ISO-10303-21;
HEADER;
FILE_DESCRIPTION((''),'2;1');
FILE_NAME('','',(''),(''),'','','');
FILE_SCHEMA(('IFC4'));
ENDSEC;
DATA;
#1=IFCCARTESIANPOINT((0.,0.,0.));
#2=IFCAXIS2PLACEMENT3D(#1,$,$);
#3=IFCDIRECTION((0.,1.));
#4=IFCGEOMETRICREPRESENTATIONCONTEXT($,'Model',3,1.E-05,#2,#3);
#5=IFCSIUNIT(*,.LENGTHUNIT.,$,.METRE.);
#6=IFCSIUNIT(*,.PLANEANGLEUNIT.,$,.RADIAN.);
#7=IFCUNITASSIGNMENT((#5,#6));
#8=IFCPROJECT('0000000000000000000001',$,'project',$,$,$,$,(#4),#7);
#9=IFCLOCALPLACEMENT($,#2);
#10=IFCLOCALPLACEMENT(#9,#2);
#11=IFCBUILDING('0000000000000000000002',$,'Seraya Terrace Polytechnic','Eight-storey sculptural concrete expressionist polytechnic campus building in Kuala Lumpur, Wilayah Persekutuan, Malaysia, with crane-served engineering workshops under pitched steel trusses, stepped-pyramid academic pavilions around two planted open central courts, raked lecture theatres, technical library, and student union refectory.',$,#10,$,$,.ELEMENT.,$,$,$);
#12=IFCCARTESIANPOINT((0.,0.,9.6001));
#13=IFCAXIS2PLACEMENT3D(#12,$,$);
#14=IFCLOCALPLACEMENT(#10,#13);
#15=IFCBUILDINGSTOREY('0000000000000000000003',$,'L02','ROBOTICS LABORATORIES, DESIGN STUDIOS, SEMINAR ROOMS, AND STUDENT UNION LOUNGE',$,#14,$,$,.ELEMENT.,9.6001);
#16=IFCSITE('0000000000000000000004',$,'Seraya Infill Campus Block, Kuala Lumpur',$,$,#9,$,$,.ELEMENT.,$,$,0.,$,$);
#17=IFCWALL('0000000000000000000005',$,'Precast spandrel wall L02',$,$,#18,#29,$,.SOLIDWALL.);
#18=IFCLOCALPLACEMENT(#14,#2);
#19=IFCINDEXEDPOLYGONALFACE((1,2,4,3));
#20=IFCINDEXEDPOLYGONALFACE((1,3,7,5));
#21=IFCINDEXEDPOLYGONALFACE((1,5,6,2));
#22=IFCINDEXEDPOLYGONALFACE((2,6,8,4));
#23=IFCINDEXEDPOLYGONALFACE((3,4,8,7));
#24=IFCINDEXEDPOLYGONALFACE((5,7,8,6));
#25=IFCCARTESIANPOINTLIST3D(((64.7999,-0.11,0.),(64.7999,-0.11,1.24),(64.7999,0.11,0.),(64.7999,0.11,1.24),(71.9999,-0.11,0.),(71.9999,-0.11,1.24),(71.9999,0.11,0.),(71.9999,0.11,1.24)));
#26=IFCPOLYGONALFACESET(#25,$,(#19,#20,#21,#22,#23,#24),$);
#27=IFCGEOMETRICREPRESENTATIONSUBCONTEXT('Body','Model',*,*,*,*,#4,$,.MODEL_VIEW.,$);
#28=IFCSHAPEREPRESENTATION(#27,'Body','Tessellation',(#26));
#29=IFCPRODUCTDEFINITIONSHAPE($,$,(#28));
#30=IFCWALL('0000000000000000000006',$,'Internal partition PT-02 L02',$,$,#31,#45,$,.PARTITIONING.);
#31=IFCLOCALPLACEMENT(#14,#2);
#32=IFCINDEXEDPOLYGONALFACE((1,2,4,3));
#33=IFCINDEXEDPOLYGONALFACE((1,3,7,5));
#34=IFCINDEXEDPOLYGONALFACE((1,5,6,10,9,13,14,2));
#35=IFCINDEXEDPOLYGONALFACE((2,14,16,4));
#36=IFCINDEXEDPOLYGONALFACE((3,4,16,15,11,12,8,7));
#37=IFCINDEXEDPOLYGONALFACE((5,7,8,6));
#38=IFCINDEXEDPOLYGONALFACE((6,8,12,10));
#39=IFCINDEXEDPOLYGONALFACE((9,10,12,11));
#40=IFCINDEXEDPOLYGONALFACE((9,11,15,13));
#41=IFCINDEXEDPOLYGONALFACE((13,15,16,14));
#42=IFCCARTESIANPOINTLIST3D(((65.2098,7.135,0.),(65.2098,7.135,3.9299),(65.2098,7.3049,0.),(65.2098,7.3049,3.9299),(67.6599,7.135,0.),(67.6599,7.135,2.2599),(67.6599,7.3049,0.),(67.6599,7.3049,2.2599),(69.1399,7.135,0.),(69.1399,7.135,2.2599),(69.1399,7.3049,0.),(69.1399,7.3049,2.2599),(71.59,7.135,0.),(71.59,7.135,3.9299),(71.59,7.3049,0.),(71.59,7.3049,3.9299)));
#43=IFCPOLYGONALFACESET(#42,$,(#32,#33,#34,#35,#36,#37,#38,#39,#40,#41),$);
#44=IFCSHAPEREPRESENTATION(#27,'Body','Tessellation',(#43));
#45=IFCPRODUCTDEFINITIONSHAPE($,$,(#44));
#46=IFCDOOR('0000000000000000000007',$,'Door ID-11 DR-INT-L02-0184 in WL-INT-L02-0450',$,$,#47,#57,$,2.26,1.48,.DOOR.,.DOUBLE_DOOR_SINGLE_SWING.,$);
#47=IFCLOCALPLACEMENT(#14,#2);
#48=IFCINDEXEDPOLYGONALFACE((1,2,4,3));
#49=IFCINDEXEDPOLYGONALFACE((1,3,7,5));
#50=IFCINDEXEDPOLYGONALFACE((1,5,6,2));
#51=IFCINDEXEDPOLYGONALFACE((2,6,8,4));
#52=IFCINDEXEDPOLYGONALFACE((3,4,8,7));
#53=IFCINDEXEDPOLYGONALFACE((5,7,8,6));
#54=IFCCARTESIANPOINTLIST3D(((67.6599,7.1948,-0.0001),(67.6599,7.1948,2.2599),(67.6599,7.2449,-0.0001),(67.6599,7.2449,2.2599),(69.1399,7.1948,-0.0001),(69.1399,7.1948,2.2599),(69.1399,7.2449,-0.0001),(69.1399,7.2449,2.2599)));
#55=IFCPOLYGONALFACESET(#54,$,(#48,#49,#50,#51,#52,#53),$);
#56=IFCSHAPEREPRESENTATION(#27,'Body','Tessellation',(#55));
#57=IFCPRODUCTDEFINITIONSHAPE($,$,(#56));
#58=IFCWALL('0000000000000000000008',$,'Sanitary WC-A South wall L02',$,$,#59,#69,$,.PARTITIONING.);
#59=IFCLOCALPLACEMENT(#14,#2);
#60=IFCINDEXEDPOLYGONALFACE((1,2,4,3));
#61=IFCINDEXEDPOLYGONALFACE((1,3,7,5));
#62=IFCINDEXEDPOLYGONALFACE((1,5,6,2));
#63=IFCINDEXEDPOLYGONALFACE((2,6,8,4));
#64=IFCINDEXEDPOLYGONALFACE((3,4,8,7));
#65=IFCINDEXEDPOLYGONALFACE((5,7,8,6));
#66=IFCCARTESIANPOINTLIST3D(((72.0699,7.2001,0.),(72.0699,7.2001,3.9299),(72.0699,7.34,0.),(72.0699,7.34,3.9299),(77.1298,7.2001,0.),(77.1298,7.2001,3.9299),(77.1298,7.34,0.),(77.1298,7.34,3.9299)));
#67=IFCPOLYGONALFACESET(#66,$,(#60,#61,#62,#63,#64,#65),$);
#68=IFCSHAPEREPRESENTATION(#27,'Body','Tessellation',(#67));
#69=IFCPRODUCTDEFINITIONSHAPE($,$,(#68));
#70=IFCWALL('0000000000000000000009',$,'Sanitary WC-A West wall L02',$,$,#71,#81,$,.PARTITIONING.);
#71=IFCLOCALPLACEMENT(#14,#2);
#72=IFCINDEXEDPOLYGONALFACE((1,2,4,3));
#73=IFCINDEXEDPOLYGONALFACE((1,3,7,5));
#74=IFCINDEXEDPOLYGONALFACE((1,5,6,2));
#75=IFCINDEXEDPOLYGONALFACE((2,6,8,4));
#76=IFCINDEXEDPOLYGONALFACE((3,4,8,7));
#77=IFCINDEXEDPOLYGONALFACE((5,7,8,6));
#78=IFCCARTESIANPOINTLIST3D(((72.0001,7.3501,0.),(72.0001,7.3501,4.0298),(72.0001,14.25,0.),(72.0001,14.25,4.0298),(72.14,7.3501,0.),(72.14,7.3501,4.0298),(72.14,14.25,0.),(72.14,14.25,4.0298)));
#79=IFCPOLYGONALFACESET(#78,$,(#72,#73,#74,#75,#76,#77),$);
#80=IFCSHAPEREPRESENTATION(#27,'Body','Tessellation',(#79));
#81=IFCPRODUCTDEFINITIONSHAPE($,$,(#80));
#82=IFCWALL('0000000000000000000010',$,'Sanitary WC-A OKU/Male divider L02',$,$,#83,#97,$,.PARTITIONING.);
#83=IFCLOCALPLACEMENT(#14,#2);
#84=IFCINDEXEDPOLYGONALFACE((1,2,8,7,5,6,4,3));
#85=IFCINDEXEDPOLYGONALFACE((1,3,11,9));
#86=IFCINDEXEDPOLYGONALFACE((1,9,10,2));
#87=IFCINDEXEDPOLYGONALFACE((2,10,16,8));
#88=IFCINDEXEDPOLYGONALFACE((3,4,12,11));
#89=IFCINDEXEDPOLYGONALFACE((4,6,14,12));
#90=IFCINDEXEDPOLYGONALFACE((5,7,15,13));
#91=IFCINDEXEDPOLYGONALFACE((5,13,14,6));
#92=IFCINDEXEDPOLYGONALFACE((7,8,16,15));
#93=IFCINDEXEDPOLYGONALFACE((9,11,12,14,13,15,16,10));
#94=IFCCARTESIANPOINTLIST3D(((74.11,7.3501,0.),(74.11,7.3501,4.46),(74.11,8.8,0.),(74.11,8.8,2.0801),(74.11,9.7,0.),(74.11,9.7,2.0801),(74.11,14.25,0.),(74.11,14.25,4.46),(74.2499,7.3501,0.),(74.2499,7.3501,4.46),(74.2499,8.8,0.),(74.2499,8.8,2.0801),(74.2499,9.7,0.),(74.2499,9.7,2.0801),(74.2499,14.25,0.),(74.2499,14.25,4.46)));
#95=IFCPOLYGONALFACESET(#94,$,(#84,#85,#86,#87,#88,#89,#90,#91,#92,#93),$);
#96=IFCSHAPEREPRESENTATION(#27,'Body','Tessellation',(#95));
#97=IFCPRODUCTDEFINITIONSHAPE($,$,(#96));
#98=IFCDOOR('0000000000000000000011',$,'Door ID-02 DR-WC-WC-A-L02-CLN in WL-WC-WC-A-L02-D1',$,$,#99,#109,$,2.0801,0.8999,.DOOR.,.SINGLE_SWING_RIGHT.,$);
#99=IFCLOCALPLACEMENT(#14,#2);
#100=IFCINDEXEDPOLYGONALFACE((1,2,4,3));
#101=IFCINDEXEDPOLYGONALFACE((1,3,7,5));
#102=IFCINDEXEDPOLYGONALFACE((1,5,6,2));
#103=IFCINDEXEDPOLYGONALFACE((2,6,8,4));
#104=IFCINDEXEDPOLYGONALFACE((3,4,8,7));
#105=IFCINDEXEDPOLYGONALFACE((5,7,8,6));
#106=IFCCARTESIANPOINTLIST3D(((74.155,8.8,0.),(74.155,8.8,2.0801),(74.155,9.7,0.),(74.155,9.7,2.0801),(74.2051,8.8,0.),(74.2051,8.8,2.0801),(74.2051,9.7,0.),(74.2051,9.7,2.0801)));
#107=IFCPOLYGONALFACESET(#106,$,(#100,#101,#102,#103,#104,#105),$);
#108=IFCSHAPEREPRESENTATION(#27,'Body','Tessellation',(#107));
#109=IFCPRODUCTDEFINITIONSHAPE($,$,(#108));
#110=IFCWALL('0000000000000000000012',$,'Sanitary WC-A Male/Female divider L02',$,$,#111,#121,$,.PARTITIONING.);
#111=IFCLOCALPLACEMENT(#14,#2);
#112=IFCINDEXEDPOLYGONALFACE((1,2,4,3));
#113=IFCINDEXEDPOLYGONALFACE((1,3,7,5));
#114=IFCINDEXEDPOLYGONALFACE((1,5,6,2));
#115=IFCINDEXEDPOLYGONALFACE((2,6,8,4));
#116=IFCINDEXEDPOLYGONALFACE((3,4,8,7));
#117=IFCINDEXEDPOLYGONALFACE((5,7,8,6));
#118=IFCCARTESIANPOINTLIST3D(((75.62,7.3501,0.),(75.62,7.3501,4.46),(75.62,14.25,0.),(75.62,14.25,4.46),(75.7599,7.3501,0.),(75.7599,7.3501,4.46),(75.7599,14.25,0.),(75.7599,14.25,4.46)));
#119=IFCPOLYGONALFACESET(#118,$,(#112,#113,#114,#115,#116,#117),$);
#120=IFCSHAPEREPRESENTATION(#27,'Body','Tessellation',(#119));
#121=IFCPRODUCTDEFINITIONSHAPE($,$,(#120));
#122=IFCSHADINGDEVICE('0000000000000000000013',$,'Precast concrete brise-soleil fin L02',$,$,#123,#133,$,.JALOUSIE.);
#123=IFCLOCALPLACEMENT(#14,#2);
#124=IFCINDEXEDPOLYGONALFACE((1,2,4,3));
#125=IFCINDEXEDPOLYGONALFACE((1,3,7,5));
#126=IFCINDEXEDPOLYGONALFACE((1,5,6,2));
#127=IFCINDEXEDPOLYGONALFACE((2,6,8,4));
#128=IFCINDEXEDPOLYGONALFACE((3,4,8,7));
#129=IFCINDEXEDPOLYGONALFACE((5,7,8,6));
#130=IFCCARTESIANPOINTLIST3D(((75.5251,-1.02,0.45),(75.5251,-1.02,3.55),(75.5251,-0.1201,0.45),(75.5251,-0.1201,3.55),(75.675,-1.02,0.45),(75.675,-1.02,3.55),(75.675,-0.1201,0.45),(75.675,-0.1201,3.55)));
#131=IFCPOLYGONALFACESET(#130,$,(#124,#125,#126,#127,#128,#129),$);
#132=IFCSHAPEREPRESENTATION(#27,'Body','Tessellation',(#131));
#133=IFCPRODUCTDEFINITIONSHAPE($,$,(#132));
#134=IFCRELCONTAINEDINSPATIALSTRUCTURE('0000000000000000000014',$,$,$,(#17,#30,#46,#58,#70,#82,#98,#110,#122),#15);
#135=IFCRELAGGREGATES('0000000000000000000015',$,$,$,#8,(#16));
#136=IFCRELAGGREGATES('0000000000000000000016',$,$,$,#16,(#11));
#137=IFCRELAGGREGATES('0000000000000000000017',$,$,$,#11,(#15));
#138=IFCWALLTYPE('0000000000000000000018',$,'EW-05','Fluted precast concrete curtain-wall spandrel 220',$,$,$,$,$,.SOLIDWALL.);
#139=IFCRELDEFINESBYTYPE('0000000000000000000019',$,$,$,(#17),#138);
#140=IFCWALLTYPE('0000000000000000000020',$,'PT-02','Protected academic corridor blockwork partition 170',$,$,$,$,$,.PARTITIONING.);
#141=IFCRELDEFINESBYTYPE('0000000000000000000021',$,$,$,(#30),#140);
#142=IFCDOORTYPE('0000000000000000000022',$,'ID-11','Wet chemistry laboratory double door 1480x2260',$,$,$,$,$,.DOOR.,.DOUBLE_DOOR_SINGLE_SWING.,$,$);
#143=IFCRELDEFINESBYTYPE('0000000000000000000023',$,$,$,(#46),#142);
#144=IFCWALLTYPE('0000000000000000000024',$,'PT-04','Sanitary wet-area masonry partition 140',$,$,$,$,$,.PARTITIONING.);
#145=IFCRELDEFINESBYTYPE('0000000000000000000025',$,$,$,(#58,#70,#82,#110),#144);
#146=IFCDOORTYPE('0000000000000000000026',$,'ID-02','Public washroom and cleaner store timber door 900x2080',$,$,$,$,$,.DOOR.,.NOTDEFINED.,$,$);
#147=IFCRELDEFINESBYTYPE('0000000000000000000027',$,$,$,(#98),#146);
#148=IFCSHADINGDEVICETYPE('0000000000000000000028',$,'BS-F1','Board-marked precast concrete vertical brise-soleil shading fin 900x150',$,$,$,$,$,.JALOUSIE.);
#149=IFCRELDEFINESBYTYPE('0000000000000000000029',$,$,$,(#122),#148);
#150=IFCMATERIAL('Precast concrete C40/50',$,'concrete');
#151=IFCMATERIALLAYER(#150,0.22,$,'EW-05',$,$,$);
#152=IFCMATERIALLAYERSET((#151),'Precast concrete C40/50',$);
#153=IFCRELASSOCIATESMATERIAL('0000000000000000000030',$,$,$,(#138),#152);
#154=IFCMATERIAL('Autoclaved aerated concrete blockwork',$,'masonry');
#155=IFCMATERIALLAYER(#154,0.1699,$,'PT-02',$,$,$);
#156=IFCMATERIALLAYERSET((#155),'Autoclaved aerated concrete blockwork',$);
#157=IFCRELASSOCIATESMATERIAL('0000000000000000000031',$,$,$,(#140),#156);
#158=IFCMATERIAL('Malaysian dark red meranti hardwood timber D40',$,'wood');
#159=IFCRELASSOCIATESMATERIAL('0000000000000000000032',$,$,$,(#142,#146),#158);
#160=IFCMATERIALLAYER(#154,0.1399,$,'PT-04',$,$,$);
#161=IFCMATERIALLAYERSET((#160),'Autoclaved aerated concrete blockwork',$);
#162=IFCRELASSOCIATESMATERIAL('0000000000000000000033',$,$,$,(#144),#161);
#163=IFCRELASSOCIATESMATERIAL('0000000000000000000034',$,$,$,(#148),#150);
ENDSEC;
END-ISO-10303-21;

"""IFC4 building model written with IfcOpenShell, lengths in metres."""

from ifc_helpers import new_model, si_unit, direction, frame, frame_2d, origin, origin_2d, place, context, subcontext, project, spatial, rectangle, extrude, material, layer, layer_set, type_object, element, fill, save


model = new_model("IFC4")

# Units and contexts
model_context = context("Model", 3, precision=1e-05, world=origin(), true_north=direction((0.0, 1.0)))
body_context = subcontext(model_context, "Body", "Model", "MODEL_VIEW")
ifc_project = project(units=[si_unit("LENGTHUNIT", "METRE"), si_unit("PLANEANGLEUNIT", "RADIAN")], contexts=[model_context])

# Site, building, storey
site_placement = place(None, origin())
site = spatial("IfcSite", under=ifc_project, at=site_placement, Name="Seraya Infill Campus Block, Kuala Lumpur", CompositionType="ELEMENT", RefElevation=0.0)
building_placement = place(site_placement, origin())
building = spatial("IfcBuilding", under=site, at=building_placement, Name="Seraya Terrace Polytechnic", Description="Eight-storey sculptural concrete expressionist polytechnic campus building in Kuala Lumpur, Wilayah Persekutuan, Malaysia, with crane-served engineering workshops under pitched steel trusses, stepped-pyramid academic pavilions around two planted open central courts, raked lecture theatres, technical library, and student union refectory.", CompositionType="ELEMENT")
storey_placement = place(building_placement, frame((0.0, 0.0, 9.6001)))
storey = spatial("IfcBuildingStorey", under=building, at=storey_placement, Name="L02", Description="ROBOTICS LABORATORIES, DESIGN STUDIOS, SEMINAR ROOMS, AND STUDENT UNION LOUNGE", CompositionType="ELEMENT", Elevation=9.6001)

# Wall
ifc_material_1 = material(Name="Precast concrete C40/50", Category="concrete")
ifc_layer_1 = layer(ifc_material_1, 0.22, Name="EW-05")
ifc_layer_set_1 = layer_set([ifc_layer_1], Name="Precast concrete C40/50")
wall_type_1 = type_object("IfcWallType", Name="EW-05", Description="Fluted precast concrete curtain-wall spandrel 220", PredefinedType="SOLIDWALL", material=ifc_layer_set_1)
wall_1_placement = place(storey_placement, frame((72.0, 0.0, 0.0), z_axis=(0.0, 0.0, 1.0), x_axis=(-1.0, 0.0, 0.0)))
element("IfcWall", 1, at=wall_1_placement, inside=storey, type_object=wall_type_1, Name="Precast spandrel wall L02", PredefinedType="SOLIDWALL", context=body_context, shape_type="SweptSolid", body=[
    extrude(rectangle(XDim=7.2, YDim=0.22, at=frame_2d((3.6001, 0.0))), origin(), (0.0, 0.0, 1.0), 1.24),
])

# Wall, opening, door
ifc_material_2 = material(Name="Autoclaved aerated concrete blockwork", Category="masonry")
ifc_layer_2 = layer(ifc_material_2, 0.1699, Name="PT-02")
ifc_layer_set_2 = layer_set([ifc_layer_2], Name="Autoclaved aerated concrete blockwork")
wall_type_2 = type_object("IfcWallType", Name="PT-02", Description="Protected academic corridor blockwork partition 170", PredefinedType="PARTITIONING", material=ifc_layer_set_2)
wall_2_placement = place(storey_placement, frame((65.21, 7.22, 0.0), z_axis=(0.0, 0.0, 1.0), x_axis=(1.0, 0.0, 0.0)))
wall_2 = element("IfcWall", 2, at=wall_2_placement, inside=storey, type_object=wall_type_2, Name="Internal partition PT-02 L02", PredefinedType="PARTITIONING", context=body_context, shape_type="SweptSolid", body=[
    extrude(rectangle(XDim=6.3801, YDim=0.1699, at=frame_2d((3.1899, 0.0))), origin(), (0.0, 0.0, 1.0), 3.9299),
])
opening_1_placement = place(wall_2_placement, frame((2.45, 0.0, 0.0)))
opening_1 = element("IfcOpeningElement", 3, at=opening_1_placement, cuts=wall_2, PredefinedType="OPENING", context=body_context, shape_type="SweptSolid", body=[
    extrude(rectangle(XDim=1.48, YDim=2.26, at=frame_2d((0.74, 1.1299))), frame((0.0, 0.0969, 0.0), z_axis=(0.0, -1.0, 0.0), x_axis=(1.0, 0.0, 0.0)), (0.0, 0.0, 1.0), 0.1938),
])
ifc_material_3 = material(Name="Malaysian dark red meranti hardwood timber D40", Category="wood")
door_type_1 = type_object("IfcDoorType", Name="ID-11", Description="Wet chemistry laboratory double door 1480x2260", OperationType="DOUBLE_DOOR_SINGLE_SWING", PredefinedType="DOOR", material=ifc_material_3)
door_1_placement = place(opening_1_placement, origin())
door_1 = element("IfcDoor", 4, at=door_1_placement, inside=storey, type_object=door_type_1, Name="Door ID-11 DR-INT-L02-0184 in WL-INT-L02-0450", OperationType="DOUBLE_DOOR_SINGLE_SWING", OverallHeight=2.26, OverallWidth=1.48, PredefinedType="DOOR", context=body_context, shape_type="SweptSolid", body=[
    extrude(rectangle(XDim=1.48, YDim=2.26, at=frame_2d((0.74, 1.1299))), frame((0.0, 0.0249, 0.0), z_axis=(0.0, -1.0, 0.0), x_axis=(1.0, 0.0, 0.0)), (0.0, 0.0, 1.0), 0.05),
])
fill(opening_1, door_1)

# Walls
ifc_layer_3 = layer(ifc_material_2, 0.1399, Name="PT-04")
ifc_layer_set_3 = layer_set([ifc_layer_3], Name="Autoclaved aerated concrete blockwork")
wall_type_3 = type_object("IfcWallType", Name="PT-04", Description="Sanitary wet-area masonry partition 140", PredefinedType="PARTITIONING", material=ifc_layer_set_3)
wall_3_placement = place(storey_placement, frame((72.0701, 7.27, 0.0), z_axis=(0.0, 0.0, 1.0), x_axis=(1.0, 0.0, 0.0)))
element("IfcWall", 5, at=wall_3_placement, inside=storey, type_object=wall_type_3, Name="Sanitary WC-A South wall L02", PredefinedType="PARTITIONING", context=body_context, shape_type="SweptSolid", body=[
    extrude(rectangle(XDim=5.0598, YDim=0.1399, at=frame_2d((2.5298, 0.0))), origin(), (0.0, 0.0, 1.0), 3.9299),
])
wall_4_placement = place(storey_placement, frame((72.0701, 7.3501, 0.0), z_axis=(0.0, 0.0, 1.0), x_axis=(0.0, 1.0, 0.0)))
element("IfcWall", 6, at=wall_4_placement, inside=storey, type_object=wall_type_3, Name="Sanitary WC-A West wall L02", PredefinedType="PARTITIONING", context=body_context, shape_type="SweptSolid", body=[
    extrude(rectangle(XDim=6.8999, YDim=0.1399, at=frame_2d((3.45, 0.0))), origin(), (0.0, 0.0, 1.0), 4.0298),
])

# Wall, opening, door
wall_5_placement = place(storey_placement, frame((74.1799, 7.3501, 0.0), z_axis=(0.0, 0.0, 1.0), x_axis=(0.0, 1.0, 0.0)))
wall_5 = element("IfcWall", 7, at=wall_5_placement, inside=storey, type_object=wall_type_3, Name="Sanitary WC-A OKU/Male divider L02", PredefinedType="PARTITIONING", context=body_context, shape_type="SweptSolid", body=[
    extrude(rectangle(XDim=6.8999, YDim=0.1399, at=frame_2d((3.45, 0.0))), origin(), (0.0, 0.0, 1.0), 4.46),
])
opening_2_placement = place(wall_5_placement, frame((1.45, 0.0, 0.0)))
opening_2 = element("IfcOpeningElement", 8, at=opening_2_placement, cuts=wall_5, PredefinedType="OPENING", context=body_context, shape_type="SweptSolid", body=[
    extrude(rectangle(XDim=0.8999, YDim=2.0801, at=frame_2d((0.45, 1.04))), frame((0.0, 0.082, 0.0), z_axis=(0.0, -1.0, 0.0), x_axis=(1.0, 0.0, 0.0)), (0.0, 0.0, 1.0), 0.1638),
])
door_type_2 = type_object("IfcDoorType", Name="ID-02", Description="Public washroom and cleaner store timber door 900x2080", OperationType="NOTDEFINED", PredefinedType="DOOR", material=ifc_material_3)
door_2_placement = place(opening_2_placement, origin())
door_2 = element("IfcDoor", 9, at=door_2_placement, inside=storey, type_object=door_type_2, Name="Door ID-02 DR-WC-WC-A-L02-CLN in WL-WC-WC-A-L02-D1", OperationType="SINGLE_SWING_RIGHT", OverallHeight=2.0801, OverallWidth=0.8999, PredefinedType="DOOR", context=body_context, shape_type="SweptSolid", body=[
    extrude(rectangle(XDim=0.8999, YDim=2.0801, at=frame_2d((0.45, 1.04))), frame((0.0, 0.0249, 0.0), z_axis=(0.0, -1.0, 0.0), x_axis=(1.0, 0.0, 0.0)), (0.0, 0.0, 1.0), 0.05),
])
fill(opening_2, door_2)

# Wall
wall_6_placement = place(storey_placement, frame((75.6899, 7.3501, 0.0), z_axis=(0.0, 0.0, 1.0), x_axis=(0.0, 1.0, 0.0)))
element("IfcWall", 10, at=wall_6_placement, inside=storey, type_object=wall_type_3, Name="Sanitary WC-A Male/Female divider L02", PredefinedType="PARTITIONING", context=body_context, shape_type="SweptSolid", body=[
    extrude(rectangle(XDim=6.8999, YDim=0.1399, at=frame_2d((3.45, 0.0))), origin(), (0.0, 0.0, 1.0), 4.46),
])

# Shading device
shading_device_type = type_object("IfcShadingDeviceType", Name="BS-F1", Description="Board-marked precast concrete vertical brise-soleil shading fin 900x150", PredefinedType="JALOUSIE", material=ifc_material_1)
shading_device_placement = place(storey_placement, frame((75.6001, -0.5701, 0.45), z_axis=(0.0, 0.0, 1.0), x_axis=(0.0, -1.0, 0.0)))
element("IfcShadingDevice", 11, at=shading_device_placement, inside=storey, type_object=shading_device_type, Name="Precast concrete brise-soleil fin L02", PredefinedType="JALOUSIE", context=body_context, shape_type="SweptSolid", body=[
    extrude(rectangle(XDim=0.8999, YDim=0.1499, at=origin_2d()), origin(), (0.0, 0.0, 1.0), 3.1001),
])

save(model, "model.ifc")
